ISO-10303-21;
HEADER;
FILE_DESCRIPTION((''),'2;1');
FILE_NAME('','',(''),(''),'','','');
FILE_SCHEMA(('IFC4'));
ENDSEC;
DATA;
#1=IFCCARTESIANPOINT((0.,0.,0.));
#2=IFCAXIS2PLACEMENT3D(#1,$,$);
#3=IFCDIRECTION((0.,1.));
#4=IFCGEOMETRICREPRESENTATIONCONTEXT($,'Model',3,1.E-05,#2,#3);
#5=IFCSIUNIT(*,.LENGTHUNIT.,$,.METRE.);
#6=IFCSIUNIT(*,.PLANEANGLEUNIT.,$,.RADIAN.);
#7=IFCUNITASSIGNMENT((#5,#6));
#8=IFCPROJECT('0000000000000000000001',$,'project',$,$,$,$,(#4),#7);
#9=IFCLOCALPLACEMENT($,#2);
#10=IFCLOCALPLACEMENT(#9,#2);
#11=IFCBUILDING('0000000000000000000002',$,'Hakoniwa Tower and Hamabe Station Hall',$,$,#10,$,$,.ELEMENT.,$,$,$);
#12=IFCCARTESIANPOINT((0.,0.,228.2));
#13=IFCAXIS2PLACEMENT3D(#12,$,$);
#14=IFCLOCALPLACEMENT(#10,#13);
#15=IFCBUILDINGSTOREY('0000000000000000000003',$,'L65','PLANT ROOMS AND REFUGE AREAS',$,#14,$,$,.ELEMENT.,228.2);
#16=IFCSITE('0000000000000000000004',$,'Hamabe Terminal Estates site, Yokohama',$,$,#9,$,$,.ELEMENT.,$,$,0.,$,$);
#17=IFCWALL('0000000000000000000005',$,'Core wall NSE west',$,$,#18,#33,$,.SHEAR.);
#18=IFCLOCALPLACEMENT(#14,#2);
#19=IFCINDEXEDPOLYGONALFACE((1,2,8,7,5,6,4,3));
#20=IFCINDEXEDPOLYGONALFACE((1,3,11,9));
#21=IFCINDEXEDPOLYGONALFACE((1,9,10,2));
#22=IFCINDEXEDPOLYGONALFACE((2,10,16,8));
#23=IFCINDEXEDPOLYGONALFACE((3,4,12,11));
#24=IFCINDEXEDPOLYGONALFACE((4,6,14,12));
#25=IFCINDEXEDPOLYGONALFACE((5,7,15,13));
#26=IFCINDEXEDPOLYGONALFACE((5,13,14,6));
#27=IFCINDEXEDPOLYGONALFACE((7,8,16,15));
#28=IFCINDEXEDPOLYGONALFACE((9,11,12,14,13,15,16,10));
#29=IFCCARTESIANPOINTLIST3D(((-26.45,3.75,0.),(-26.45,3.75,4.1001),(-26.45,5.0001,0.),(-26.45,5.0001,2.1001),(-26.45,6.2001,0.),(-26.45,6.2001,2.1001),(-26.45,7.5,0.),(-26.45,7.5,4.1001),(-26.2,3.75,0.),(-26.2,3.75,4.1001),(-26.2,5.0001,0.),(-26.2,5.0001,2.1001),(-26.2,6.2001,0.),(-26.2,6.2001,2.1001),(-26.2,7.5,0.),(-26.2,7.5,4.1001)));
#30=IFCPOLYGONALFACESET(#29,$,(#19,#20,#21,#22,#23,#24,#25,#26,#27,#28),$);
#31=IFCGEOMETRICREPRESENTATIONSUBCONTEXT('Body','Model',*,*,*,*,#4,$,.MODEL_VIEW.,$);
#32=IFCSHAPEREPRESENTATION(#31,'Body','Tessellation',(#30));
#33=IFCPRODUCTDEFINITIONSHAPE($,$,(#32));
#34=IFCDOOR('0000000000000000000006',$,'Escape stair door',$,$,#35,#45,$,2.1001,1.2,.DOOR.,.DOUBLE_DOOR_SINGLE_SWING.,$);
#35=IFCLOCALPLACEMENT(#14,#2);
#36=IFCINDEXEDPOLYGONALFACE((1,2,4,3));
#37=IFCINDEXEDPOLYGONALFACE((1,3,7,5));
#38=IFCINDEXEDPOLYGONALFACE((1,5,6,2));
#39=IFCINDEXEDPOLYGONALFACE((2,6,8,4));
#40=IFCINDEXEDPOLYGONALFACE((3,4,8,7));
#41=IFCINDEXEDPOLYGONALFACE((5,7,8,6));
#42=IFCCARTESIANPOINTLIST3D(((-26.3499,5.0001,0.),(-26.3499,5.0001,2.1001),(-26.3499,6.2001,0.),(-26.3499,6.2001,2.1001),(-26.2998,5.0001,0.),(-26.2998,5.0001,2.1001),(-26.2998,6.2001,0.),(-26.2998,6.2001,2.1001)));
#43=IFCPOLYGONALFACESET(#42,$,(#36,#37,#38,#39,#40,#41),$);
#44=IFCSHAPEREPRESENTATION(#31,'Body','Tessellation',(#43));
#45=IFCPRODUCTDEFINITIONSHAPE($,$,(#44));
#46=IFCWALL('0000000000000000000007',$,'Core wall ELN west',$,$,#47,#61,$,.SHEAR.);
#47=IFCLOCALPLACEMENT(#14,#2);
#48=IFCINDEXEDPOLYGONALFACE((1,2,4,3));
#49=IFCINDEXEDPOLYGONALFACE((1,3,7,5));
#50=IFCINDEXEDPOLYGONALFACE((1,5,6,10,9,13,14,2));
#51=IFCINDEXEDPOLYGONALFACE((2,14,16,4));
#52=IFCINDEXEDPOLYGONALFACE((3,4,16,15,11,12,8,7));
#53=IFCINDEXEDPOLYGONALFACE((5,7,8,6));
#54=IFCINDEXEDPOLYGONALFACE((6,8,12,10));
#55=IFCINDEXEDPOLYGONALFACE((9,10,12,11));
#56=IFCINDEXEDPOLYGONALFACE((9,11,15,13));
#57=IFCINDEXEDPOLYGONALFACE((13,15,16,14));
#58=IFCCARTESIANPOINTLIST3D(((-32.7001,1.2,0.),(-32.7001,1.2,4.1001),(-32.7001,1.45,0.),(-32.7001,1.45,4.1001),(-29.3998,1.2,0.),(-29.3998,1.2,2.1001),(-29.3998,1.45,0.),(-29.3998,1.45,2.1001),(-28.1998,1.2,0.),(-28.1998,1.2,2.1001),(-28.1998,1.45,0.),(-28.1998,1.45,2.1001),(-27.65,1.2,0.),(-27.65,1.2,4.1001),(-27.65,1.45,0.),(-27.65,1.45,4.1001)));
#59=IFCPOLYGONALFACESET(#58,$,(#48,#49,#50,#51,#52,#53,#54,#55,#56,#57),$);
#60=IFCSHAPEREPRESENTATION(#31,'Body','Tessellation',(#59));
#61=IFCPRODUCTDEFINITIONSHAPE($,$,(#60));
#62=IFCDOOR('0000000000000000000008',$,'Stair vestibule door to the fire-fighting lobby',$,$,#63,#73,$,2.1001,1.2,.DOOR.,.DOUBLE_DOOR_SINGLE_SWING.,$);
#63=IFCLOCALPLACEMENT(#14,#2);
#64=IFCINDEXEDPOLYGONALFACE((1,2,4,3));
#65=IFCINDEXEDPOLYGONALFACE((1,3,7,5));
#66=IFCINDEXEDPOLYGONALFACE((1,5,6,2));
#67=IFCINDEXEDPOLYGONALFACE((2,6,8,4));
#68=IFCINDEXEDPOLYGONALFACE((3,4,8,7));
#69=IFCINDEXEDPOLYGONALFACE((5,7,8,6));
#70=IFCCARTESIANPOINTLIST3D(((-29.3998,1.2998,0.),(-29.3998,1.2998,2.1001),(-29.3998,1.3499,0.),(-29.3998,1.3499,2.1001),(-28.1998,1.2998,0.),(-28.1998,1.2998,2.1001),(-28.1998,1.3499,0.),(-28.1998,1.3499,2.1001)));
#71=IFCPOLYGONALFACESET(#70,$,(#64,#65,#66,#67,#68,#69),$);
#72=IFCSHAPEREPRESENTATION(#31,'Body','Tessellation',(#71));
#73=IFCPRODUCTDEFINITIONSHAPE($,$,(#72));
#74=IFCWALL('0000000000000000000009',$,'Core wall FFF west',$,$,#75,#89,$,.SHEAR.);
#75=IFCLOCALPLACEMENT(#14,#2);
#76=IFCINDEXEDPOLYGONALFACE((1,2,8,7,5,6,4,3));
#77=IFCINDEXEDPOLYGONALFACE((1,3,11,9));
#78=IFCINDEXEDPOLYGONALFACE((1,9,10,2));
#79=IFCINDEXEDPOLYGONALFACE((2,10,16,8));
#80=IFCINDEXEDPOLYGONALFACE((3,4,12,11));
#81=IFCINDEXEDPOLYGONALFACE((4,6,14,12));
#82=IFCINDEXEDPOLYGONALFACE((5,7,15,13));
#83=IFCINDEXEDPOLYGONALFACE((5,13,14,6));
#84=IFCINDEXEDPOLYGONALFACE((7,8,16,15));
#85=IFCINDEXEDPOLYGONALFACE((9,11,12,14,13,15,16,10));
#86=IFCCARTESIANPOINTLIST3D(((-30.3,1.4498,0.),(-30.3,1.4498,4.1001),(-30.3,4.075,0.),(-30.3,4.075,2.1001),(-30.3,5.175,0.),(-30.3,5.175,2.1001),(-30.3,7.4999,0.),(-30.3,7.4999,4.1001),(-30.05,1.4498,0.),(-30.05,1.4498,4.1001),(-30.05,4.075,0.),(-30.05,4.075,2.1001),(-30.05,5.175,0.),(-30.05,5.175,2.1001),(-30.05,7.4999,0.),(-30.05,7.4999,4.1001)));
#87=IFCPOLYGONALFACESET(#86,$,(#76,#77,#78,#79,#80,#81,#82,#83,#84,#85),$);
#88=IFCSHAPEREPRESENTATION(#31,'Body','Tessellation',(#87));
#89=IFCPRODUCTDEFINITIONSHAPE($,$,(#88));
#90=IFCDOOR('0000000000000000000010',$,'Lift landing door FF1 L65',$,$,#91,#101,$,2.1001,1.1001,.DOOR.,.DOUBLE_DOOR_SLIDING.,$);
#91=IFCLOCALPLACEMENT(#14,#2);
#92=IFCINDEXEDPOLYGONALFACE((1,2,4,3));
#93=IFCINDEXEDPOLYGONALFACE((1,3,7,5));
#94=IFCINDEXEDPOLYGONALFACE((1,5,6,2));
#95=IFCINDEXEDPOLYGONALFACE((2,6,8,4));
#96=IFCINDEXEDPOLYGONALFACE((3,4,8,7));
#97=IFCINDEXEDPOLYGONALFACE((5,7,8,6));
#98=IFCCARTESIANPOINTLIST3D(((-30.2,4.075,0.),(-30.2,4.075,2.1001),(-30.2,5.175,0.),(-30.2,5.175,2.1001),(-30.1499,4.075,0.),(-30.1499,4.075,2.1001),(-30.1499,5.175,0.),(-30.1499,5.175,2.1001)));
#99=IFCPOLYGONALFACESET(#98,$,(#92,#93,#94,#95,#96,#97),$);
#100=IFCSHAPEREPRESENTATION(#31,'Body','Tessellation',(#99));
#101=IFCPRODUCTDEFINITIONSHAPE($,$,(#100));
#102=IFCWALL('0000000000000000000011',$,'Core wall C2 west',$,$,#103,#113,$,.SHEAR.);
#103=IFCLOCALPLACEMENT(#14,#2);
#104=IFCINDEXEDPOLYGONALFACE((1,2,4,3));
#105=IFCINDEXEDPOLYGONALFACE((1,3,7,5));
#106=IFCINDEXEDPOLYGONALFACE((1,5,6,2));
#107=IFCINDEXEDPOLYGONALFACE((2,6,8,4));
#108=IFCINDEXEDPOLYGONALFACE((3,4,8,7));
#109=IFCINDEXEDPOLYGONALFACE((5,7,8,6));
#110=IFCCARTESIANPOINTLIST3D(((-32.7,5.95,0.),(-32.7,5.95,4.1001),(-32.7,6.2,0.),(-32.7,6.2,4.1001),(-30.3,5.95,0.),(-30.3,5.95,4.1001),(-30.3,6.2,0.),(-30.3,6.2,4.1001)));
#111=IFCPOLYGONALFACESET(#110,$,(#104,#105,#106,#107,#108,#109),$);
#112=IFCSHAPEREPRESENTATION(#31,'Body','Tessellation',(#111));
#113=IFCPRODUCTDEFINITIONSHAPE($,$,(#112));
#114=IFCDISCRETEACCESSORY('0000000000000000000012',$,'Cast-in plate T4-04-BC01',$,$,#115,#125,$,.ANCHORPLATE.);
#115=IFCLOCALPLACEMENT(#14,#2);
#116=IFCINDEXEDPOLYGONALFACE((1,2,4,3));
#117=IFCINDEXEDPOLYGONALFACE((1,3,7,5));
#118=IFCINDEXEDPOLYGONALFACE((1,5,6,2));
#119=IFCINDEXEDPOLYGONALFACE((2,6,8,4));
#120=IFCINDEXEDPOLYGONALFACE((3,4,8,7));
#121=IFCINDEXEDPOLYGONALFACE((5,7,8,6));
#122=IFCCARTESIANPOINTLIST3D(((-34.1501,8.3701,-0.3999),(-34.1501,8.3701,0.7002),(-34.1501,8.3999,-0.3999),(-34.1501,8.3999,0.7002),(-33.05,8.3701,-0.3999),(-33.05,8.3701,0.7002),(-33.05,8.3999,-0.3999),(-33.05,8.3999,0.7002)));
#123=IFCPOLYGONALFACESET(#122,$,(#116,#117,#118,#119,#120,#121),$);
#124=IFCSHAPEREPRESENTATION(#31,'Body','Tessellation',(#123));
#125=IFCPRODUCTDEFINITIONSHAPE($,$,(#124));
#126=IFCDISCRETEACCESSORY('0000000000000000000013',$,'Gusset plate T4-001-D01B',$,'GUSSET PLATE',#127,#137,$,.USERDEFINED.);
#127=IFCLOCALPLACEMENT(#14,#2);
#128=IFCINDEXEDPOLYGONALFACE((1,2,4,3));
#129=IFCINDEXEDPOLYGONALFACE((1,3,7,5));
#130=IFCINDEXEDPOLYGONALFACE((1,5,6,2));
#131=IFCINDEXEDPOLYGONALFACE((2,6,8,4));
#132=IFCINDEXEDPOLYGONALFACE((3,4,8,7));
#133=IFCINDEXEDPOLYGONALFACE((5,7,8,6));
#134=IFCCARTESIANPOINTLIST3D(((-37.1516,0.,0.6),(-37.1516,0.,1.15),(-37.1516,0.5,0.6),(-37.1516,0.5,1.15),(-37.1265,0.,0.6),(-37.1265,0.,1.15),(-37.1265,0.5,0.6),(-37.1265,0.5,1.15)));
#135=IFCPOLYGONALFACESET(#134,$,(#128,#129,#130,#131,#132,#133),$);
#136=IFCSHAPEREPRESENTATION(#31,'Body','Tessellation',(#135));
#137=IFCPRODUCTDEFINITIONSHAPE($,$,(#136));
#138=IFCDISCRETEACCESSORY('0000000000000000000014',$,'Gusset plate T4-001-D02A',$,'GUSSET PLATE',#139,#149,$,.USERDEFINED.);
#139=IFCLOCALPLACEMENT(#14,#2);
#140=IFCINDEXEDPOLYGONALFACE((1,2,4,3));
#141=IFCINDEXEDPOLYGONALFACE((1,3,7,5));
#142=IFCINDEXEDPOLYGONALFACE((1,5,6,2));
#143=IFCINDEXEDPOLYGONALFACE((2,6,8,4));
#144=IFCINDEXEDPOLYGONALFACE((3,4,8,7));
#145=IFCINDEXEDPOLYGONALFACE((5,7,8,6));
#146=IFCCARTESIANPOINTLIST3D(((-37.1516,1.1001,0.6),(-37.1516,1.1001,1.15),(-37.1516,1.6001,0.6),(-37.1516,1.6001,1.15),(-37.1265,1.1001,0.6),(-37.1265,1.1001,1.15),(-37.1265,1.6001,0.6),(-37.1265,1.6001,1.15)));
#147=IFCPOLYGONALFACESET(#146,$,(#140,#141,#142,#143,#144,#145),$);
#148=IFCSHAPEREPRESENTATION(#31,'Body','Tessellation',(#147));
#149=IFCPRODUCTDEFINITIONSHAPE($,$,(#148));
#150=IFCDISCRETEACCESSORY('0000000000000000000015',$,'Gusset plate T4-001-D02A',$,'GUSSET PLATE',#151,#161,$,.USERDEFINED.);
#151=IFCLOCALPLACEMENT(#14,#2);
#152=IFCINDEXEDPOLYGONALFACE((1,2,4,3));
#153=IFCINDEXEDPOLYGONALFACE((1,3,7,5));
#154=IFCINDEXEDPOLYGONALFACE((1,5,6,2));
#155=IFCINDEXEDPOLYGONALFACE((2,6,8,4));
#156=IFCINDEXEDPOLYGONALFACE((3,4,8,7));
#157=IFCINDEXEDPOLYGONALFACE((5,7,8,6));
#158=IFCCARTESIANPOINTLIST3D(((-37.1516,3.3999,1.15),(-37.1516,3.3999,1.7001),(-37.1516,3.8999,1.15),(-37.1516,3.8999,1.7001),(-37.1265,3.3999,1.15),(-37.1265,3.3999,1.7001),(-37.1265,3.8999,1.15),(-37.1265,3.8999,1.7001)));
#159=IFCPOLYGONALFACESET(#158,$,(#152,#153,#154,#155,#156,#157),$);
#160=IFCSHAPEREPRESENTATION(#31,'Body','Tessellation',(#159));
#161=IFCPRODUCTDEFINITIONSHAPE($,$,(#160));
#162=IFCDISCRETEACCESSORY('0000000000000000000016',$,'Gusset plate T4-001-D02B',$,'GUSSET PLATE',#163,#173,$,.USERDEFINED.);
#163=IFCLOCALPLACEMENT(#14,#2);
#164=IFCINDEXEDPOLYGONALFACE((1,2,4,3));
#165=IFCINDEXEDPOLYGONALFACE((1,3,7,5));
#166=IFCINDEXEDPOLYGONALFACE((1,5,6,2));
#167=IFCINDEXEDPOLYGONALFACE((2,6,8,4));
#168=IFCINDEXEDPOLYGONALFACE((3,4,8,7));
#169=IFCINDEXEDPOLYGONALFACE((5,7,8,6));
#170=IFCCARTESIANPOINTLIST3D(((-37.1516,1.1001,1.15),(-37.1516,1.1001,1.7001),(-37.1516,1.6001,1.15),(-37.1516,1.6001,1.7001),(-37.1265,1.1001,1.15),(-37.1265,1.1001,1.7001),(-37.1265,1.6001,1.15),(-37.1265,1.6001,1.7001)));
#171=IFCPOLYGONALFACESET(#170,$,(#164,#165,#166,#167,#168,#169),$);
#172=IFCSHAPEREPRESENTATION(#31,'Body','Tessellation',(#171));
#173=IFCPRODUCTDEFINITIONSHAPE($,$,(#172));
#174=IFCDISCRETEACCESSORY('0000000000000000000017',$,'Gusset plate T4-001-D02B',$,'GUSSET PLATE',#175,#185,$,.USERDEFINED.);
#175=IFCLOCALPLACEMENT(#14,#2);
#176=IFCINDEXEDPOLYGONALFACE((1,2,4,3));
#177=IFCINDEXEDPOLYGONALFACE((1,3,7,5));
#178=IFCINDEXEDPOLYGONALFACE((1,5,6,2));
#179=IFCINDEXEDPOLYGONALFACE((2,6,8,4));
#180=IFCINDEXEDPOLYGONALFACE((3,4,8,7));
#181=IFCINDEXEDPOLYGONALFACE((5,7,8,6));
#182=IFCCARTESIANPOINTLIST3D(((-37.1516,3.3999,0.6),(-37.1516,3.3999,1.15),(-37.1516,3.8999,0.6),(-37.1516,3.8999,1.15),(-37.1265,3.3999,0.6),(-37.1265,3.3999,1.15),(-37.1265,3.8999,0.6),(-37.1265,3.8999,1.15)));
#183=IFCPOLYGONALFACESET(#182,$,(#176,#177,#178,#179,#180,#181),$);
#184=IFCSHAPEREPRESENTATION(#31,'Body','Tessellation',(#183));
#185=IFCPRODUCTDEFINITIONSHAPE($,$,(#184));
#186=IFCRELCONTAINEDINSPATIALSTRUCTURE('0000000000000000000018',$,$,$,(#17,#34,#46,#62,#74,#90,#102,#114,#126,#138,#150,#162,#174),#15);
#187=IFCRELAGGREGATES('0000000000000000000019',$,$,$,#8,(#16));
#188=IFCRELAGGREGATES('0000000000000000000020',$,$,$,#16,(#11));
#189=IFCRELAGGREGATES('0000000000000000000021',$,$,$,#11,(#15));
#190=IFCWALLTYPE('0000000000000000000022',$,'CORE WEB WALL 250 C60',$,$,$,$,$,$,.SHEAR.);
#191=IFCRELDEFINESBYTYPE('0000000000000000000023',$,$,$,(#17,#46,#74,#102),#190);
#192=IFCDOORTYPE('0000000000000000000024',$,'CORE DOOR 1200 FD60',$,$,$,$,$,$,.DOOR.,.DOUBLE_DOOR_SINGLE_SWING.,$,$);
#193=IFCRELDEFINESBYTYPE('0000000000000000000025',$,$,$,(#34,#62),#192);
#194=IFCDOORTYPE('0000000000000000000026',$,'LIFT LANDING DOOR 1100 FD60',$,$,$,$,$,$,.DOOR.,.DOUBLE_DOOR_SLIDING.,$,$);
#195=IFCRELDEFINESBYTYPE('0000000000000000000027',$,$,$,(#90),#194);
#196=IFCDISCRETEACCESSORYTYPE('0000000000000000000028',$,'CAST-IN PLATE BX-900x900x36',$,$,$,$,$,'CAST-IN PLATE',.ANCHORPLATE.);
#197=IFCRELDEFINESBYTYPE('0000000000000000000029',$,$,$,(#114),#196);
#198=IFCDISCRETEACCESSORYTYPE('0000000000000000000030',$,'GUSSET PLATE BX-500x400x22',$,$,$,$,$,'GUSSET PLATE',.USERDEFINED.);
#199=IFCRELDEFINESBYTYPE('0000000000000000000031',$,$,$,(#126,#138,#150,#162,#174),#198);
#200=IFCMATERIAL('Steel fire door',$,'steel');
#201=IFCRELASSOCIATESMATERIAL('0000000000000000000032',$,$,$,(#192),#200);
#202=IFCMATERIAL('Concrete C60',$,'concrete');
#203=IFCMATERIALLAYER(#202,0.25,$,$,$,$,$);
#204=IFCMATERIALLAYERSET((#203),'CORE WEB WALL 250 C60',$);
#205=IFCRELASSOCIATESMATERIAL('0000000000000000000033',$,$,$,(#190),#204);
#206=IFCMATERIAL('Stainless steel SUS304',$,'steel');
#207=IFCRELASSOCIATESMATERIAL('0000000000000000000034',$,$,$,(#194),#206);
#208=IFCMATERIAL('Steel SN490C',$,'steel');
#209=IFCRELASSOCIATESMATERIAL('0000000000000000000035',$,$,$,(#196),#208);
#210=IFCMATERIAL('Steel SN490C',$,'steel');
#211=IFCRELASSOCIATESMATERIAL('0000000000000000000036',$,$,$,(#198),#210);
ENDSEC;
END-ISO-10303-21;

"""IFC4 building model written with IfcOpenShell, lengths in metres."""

from ifc_helpers import new_model, si_unit, direction, frame, frame_2d, origin, origin_2d, place, context, subcontext, project, spatial, rectangle, extrude, material, layer, layer_set, material_profile, profile_set, type_object, element, fill, save


model = new_model("IFC4")

# Units and contexts
model_context = context("Model", 3, precision=1e-05, world=origin(), true_north=direction((0.0, 1.0)))
body_context = subcontext(model_context, "Body", "Model", "MODEL_VIEW")
ifc_project = project(units=[si_unit("LENGTHUNIT", "METRE"), si_unit("PLANEANGLEUNIT", "RADIAN")], contexts=[model_context])

# Site, building, storey
site_placement = place(None, origin())
site = spatial("IfcSite", under=ifc_project, at=site_placement, Name="Hamabe Terminal Estates site, Yokohama", CompositionType="ELEMENT", RefElevation=0.0)
building_placement = place(site_placement, origin())
building = spatial("IfcBuilding", under=site, at=building_placement, Name="Hakoniwa Tower and Hamabe Station Hall", CompositionType="ELEMENT")
storey_placement = place(building_placement, frame((0.0, 0.0, 228.2)))
storey = spatial("IfcBuildingStorey", under=building, at=storey_placement, Name="L65", Description="PLANT ROOMS AND REFUGE AREAS", CompositionType="ELEMENT", Elevation=228.2)

# Shared definitions
ifc_material_1 = material(Name="Steel fire door", Category="steel")
door_type_1 = type_object("IfcDoorType", Name="CORE DOOR 1200 FD60", OperationType="DOUBLE_DOOR_SINGLE_SWING", PredefinedType="DOOR", material=ifc_material_1)

# Shared definitions
ifc_material_2 = material(Name="Concrete C60", Category="concrete")
ifc_layer_1 = layer(ifc_material_2, 0.25)
ifc_layer_set_1 = layer_set([ifc_layer_1], Name="CORE WEB WALL 250 C60")
wall_type_1 = type_object("IfcWallType", Name="CORE WEB WALL 250 C60", PredefinedType="SHEAR", material=ifc_layer_set_1)

# Walls, openings, doors
wall_1_placement = place(storey_placement, frame((-26.325, 3.75, 0.0), z_axis=(0.0, 0.0, 1.0), x_axis=(0.0, 1.0, 0.0)))
wall_1 = element("IfcWall", 1, at=wall_1_placement, inside=storey, type_object=wall_type_1, Name="Core wall NSE west", PredefinedType="SHEAR", context=body_context, shape_type="SweptSolid", body=[
    extrude(rectangle(XDim=3.75, YDim=0.25, at=frame_2d((1.875, 0.0))), origin(), (0.0, 0.0, 1.0), 4.1001),
])
opening_1_placement = place(wall_1_placement, frame((1.25, 0.0, 0.0)))
opening_1 = element("IfcOpeningElement", 2, at=opening_1_placement, cuts=wall_1, PredefinedType="OPENING", context=body_context, shape_type="SweptSolid", body=[
    extrude(rectangle(XDim=1.2, YDim=2.1001, at=frame_2d((0.6001, 1.05))), frame((0.0, 0.135, 0.0), z_axis=(0.0, -1.0, 0.0), x_axis=(1.0, 0.0, 0.0)), (0.0, 0.0, 1.0), 0.27),
])
door_1_placement = place(opening_1_placement, origin())
door_1 = element("IfcDoor", 3, at=door_1_placement, inside=storey, type_object=door_type_1, Name="Escape stair door", OperationType="DOUBLE_DOOR_SINGLE_SWING", OverallHeight=2.1001, OverallWidth=1.2, PredefinedType="DOOR", context=body_context, shape_type="SweptSolid", body=[
    extrude(rectangle(XDim=1.2, YDim=2.1001, at=frame_2d((0.6001, 1.05))), frame((0.0, 0.0249, 0.0), z_axis=(0.0, -1.0, 0.0), x_axis=(1.0, 0.0, 0.0)), (0.0, 0.0, 1.0), 0.05),
])
fill(opening_1, door_1)
wall_2_placement = place(storey_placement, frame((-32.7, 1.325, 0.0), z_axis=(0.0, 0.0, 1.0), x_axis=(1.0, 0.0, 0.0)))
wall_2 = element("IfcWall", 4, at=wall_2_placement, inside=storey, type_object=wall_type_1, Name="Core wall ELN west", PredefinedType="SHEAR", context=body_context, shape_type="SweptSolid", body=[
    extrude(rectangle(XDim=5.05, YDim=0.25, at=frame_2d((2.5249, 0.0))), origin(), (0.0, 0.0, 1.0), 4.1001),
])
opening_2_placement = place(wall_2_placement, frame((3.3, 0.0, 0.0)))
opening_2 = element("IfcOpeningElement", 5, at=opening_2_placement, cuts=wall_2, PredefinedType="OPENING", context=body_context, shape_type="SweptSolid", body=[
    extrude(rectangle(XDim=1.2, YDim=2.1001, at=frame_2d((0.6001, 1.05))), frame((0.0, 0.135, 0.0), z_axis=(0.0, -1.0, 0.0), x_axis=(1.0, 0.0, 0.0)), (0.0, 0.0, 1.0), 0.27),
])
door_2_placement = place(opening_2_placement, origin())
door_2 = element("IfcDoor", 6, at=door_2_placement, inside=storey, type_object=door_type_1, Name="Stair vestibule door to the fire-fighting lobby", OperationType="DOUBLE_DOOR_SINGLE_SWING", OverallHeight=2.1001, OverallWidth=1.2, PredefinedType="DOOR", context=body_context, shape_type="SweptSolid", body=[
    extrude(rectangle(XDim=1.2, YDim=2.1001, at=frame_2d((0.6001, 1.05))), frame((0.0, 0.0249, 0.0), z_axis=(0.0, -1.0, 0.0), x_axis=(1.0, 0.0, 0.0)), (0.0, 0.0, 1.0), 0.05),
])
fill(opening_2, door_2)
wall_3_placement = place(storey_placement, frame((-30.175, 1.45, 0.0), z_axis=(0.0, 0.0, 1.0), x_axis=(0.0, 1.0, 0.0)))
wall_3 = element("IfcWall", 7, at=wall_3_placement, inside=storey, type_object=wall_type_1, Name="Core wall FFF west", PredefinedType="SHEAR", context=body_context, shape_type="SweptSolid", body=[
    extrude(rectangle(XDim=6.05, YDim=0.25, at=frame_2d((3.0249, 0.0))), origin(), (0.0, 0.0, 1.0), 4.1001),
])
opening_3_placement = place(wall_3_placement, frame((2.625, 0.0, 0.0)))
opening_3 = element("IfcOpeningElement", 8, at=opening_3_placement, cuts=wall_3, PredefinedType="OPENING", context=body_context, shape_type="SweptSolid", body=[
    extrude(rectangle(XDim=1.1001, YDim=2.1001, at=frame_2d((0.55, 1.05))), frame((0.0, 0.135, 0.0), z_axis=(0.0, -1.0, 0.0), x_axis=(1.0, 0.0, 0.0)), (0.0, 0.0, 1.0), 0.27),
])
ifc_material_3 = material(Name="Stainless steel SUS304", Category="steel")
door_type_2 = type_object("IfcDoorType", Name="LIFT LANDING DOOR 1100 FD60", OperationType="DOUBLE_DOOR_SLIDING", PredefinedType="DOOR", material=ifc_material_3)
door_3_placement = place(opening_3_placement, origin())
door_3 = element("IfcDoor", 9, at=door_3_placement, inside=storey, type_object=door_type_2, Name="Lift landing door FF1 L65", OperationType="DOUBLE_DOOR_SLIDING", OverallHeight=2.1001, OverallWidth=1.1001, PredefinedType="DOOR", context=body_context, shape_type="SweptSolid", body=[
    extrude(rectangle(XDim=1.1001, YDim=2.1001, at=frame_2d((0.55, 1.05))), frame((0.0, 0.0249, 0.0), z_axis=(0.0, -1.0, 0.0), x_axis=(1.0, 0.0, 0.0)), (0.0, 0.0, 1.0), 0.05),
])
fill(opening_3, door_3)

# Wall
wall_4_placement = place(storey_placement, frame((-32.7, 6.075, 0.0), z_axis=(0.0, 0.0, 1.0), x_axis=(1.0, 0.0, 0.0)))
element("IfcWall", 10, at=wall_4_placement, inside=storey, type_object=wall_type_1, Name="Core wall C2 west", PredefinedType="SHEAR", context=body_context, shape_type="SweptSolid", body=[
    extrude(rectangle(XDim=2.3999, YDim=0.25, at=frame_2d((1.2, 0.0))), origin(), (0.0, 0.0, 1.0), 4.1001),
])

# Discrete accessories
ifc_material_4 = material(Name="Steel SN490C", Category="steel")
ifc_material_profile_1 = material_profile(ifc_material_4, rectangle(XDim=1.1001, YDim=1.1001, at=origin_2d()), Name="CAST-IN PLATE BX-900x900x36")
ifc_profile_set_1 = profile_set([ifc_material_profile_1], Name="Steel SN490C")
discrete_accessory_type_1 = type_object("IfcDiscreteAccessoryType", Name="CAST-IN PLATE BX-900x900x36", ElementType="CAST-IN PLATE", PredefinedType="ANCHORPLATE", material=ifc_profile_set_1)
discrete_accessory_placement = place(storey_placement, frame((-33.6001, 8.3701, 0.1501), z_axis=(0.0, 1.0, 0.0), x_axis=(-1.0, 0.0, 0.0)))
element("IfcDiscreteAccessory", 11, at=discrete_accessory_placement, inside=storey, type_object=discrete_accessory_type_1, Name="Cast-in plate T4-04-BC01", PredefinedType="ANCHORPLATE", context=body_context, shape_type="SweptSolid", body=[
    extrude(rectangle(XDim=1.1001, YDim=1.1001, at=origin_2d()), origin(), (0.0, 0.0, 1.0), 0.0298),
])
ifc_material_5 = material(Name="Steel SN490C", Category="steel")
ifc_material_profile_2 = material_profile(ifc_material_5, rectangle(XDim=0.5, YDim=0.55, at=origin_2d()), Name="GUSSET PLATE BX-500x400x22")
ifc_profile_set_2 = profile_set([ifc_material_profile_2], Name="Steel SN490C")
discrete_accessory_type_2 = type_object("IfcDiscreteAccessoryType", Name="GUSSET PLATE BX-500x400x22", ElementType="GUSSET PLATE", PredefinedType="USERDEFINED", material=ifc_profile_set_2)
for number, where, z_axis, x_axis, name in (
    (12, (-37.1265, 0.25, 0.875), (-1.0, 0.0, 0.0), (0.0, -1.0, 0.0), "Gusset plate T4-001-D01B"),
    (13, (-37.1265, 1.3501, 0.875), (-1.0, 0.0, 0.0), (0.0, -1.0, 0.0), "Gusset plate T4-001-D02A"),
    (14, (-37.1265, 3.6499, 1.425), (-1.0, 0.0, 0.0), (0.0, -1.0, 0.0), "Gusset plate T4-001-D02A"),
    (15, (-37.1265, 1.3501, 1.425), (-1.0, 0.0, 0.0), (0.0, -1.0, 0.0), "Gusset plate T4-001-D02B"),
    (16, (-37.1265, 3.6499, 0.875), (-1.0, 0.0, 0.0), (0.0, -1.0, 0.0), "Gusset plate T4-001-D02B"),
):
    element("IfcDiscreteAccessory", number, at=place(storey_placement, frame(where, z_axis=z_axis, x_axis=x_axis)), inside=storey, type_object=discrete_accessory_type_2, Name=name, ObjectType="GUSSET PLATE", PredefinedType="USERDEFINED", context=body_context, shape_type="SweptSolid", body=[
        extrude(rectangle(XDim=0.5, YDim=0.55, at=origin_2d()), origin(), (0.0, 0.0, 1.0), 0.0251),
    ])

save(model, "model.ifc")
